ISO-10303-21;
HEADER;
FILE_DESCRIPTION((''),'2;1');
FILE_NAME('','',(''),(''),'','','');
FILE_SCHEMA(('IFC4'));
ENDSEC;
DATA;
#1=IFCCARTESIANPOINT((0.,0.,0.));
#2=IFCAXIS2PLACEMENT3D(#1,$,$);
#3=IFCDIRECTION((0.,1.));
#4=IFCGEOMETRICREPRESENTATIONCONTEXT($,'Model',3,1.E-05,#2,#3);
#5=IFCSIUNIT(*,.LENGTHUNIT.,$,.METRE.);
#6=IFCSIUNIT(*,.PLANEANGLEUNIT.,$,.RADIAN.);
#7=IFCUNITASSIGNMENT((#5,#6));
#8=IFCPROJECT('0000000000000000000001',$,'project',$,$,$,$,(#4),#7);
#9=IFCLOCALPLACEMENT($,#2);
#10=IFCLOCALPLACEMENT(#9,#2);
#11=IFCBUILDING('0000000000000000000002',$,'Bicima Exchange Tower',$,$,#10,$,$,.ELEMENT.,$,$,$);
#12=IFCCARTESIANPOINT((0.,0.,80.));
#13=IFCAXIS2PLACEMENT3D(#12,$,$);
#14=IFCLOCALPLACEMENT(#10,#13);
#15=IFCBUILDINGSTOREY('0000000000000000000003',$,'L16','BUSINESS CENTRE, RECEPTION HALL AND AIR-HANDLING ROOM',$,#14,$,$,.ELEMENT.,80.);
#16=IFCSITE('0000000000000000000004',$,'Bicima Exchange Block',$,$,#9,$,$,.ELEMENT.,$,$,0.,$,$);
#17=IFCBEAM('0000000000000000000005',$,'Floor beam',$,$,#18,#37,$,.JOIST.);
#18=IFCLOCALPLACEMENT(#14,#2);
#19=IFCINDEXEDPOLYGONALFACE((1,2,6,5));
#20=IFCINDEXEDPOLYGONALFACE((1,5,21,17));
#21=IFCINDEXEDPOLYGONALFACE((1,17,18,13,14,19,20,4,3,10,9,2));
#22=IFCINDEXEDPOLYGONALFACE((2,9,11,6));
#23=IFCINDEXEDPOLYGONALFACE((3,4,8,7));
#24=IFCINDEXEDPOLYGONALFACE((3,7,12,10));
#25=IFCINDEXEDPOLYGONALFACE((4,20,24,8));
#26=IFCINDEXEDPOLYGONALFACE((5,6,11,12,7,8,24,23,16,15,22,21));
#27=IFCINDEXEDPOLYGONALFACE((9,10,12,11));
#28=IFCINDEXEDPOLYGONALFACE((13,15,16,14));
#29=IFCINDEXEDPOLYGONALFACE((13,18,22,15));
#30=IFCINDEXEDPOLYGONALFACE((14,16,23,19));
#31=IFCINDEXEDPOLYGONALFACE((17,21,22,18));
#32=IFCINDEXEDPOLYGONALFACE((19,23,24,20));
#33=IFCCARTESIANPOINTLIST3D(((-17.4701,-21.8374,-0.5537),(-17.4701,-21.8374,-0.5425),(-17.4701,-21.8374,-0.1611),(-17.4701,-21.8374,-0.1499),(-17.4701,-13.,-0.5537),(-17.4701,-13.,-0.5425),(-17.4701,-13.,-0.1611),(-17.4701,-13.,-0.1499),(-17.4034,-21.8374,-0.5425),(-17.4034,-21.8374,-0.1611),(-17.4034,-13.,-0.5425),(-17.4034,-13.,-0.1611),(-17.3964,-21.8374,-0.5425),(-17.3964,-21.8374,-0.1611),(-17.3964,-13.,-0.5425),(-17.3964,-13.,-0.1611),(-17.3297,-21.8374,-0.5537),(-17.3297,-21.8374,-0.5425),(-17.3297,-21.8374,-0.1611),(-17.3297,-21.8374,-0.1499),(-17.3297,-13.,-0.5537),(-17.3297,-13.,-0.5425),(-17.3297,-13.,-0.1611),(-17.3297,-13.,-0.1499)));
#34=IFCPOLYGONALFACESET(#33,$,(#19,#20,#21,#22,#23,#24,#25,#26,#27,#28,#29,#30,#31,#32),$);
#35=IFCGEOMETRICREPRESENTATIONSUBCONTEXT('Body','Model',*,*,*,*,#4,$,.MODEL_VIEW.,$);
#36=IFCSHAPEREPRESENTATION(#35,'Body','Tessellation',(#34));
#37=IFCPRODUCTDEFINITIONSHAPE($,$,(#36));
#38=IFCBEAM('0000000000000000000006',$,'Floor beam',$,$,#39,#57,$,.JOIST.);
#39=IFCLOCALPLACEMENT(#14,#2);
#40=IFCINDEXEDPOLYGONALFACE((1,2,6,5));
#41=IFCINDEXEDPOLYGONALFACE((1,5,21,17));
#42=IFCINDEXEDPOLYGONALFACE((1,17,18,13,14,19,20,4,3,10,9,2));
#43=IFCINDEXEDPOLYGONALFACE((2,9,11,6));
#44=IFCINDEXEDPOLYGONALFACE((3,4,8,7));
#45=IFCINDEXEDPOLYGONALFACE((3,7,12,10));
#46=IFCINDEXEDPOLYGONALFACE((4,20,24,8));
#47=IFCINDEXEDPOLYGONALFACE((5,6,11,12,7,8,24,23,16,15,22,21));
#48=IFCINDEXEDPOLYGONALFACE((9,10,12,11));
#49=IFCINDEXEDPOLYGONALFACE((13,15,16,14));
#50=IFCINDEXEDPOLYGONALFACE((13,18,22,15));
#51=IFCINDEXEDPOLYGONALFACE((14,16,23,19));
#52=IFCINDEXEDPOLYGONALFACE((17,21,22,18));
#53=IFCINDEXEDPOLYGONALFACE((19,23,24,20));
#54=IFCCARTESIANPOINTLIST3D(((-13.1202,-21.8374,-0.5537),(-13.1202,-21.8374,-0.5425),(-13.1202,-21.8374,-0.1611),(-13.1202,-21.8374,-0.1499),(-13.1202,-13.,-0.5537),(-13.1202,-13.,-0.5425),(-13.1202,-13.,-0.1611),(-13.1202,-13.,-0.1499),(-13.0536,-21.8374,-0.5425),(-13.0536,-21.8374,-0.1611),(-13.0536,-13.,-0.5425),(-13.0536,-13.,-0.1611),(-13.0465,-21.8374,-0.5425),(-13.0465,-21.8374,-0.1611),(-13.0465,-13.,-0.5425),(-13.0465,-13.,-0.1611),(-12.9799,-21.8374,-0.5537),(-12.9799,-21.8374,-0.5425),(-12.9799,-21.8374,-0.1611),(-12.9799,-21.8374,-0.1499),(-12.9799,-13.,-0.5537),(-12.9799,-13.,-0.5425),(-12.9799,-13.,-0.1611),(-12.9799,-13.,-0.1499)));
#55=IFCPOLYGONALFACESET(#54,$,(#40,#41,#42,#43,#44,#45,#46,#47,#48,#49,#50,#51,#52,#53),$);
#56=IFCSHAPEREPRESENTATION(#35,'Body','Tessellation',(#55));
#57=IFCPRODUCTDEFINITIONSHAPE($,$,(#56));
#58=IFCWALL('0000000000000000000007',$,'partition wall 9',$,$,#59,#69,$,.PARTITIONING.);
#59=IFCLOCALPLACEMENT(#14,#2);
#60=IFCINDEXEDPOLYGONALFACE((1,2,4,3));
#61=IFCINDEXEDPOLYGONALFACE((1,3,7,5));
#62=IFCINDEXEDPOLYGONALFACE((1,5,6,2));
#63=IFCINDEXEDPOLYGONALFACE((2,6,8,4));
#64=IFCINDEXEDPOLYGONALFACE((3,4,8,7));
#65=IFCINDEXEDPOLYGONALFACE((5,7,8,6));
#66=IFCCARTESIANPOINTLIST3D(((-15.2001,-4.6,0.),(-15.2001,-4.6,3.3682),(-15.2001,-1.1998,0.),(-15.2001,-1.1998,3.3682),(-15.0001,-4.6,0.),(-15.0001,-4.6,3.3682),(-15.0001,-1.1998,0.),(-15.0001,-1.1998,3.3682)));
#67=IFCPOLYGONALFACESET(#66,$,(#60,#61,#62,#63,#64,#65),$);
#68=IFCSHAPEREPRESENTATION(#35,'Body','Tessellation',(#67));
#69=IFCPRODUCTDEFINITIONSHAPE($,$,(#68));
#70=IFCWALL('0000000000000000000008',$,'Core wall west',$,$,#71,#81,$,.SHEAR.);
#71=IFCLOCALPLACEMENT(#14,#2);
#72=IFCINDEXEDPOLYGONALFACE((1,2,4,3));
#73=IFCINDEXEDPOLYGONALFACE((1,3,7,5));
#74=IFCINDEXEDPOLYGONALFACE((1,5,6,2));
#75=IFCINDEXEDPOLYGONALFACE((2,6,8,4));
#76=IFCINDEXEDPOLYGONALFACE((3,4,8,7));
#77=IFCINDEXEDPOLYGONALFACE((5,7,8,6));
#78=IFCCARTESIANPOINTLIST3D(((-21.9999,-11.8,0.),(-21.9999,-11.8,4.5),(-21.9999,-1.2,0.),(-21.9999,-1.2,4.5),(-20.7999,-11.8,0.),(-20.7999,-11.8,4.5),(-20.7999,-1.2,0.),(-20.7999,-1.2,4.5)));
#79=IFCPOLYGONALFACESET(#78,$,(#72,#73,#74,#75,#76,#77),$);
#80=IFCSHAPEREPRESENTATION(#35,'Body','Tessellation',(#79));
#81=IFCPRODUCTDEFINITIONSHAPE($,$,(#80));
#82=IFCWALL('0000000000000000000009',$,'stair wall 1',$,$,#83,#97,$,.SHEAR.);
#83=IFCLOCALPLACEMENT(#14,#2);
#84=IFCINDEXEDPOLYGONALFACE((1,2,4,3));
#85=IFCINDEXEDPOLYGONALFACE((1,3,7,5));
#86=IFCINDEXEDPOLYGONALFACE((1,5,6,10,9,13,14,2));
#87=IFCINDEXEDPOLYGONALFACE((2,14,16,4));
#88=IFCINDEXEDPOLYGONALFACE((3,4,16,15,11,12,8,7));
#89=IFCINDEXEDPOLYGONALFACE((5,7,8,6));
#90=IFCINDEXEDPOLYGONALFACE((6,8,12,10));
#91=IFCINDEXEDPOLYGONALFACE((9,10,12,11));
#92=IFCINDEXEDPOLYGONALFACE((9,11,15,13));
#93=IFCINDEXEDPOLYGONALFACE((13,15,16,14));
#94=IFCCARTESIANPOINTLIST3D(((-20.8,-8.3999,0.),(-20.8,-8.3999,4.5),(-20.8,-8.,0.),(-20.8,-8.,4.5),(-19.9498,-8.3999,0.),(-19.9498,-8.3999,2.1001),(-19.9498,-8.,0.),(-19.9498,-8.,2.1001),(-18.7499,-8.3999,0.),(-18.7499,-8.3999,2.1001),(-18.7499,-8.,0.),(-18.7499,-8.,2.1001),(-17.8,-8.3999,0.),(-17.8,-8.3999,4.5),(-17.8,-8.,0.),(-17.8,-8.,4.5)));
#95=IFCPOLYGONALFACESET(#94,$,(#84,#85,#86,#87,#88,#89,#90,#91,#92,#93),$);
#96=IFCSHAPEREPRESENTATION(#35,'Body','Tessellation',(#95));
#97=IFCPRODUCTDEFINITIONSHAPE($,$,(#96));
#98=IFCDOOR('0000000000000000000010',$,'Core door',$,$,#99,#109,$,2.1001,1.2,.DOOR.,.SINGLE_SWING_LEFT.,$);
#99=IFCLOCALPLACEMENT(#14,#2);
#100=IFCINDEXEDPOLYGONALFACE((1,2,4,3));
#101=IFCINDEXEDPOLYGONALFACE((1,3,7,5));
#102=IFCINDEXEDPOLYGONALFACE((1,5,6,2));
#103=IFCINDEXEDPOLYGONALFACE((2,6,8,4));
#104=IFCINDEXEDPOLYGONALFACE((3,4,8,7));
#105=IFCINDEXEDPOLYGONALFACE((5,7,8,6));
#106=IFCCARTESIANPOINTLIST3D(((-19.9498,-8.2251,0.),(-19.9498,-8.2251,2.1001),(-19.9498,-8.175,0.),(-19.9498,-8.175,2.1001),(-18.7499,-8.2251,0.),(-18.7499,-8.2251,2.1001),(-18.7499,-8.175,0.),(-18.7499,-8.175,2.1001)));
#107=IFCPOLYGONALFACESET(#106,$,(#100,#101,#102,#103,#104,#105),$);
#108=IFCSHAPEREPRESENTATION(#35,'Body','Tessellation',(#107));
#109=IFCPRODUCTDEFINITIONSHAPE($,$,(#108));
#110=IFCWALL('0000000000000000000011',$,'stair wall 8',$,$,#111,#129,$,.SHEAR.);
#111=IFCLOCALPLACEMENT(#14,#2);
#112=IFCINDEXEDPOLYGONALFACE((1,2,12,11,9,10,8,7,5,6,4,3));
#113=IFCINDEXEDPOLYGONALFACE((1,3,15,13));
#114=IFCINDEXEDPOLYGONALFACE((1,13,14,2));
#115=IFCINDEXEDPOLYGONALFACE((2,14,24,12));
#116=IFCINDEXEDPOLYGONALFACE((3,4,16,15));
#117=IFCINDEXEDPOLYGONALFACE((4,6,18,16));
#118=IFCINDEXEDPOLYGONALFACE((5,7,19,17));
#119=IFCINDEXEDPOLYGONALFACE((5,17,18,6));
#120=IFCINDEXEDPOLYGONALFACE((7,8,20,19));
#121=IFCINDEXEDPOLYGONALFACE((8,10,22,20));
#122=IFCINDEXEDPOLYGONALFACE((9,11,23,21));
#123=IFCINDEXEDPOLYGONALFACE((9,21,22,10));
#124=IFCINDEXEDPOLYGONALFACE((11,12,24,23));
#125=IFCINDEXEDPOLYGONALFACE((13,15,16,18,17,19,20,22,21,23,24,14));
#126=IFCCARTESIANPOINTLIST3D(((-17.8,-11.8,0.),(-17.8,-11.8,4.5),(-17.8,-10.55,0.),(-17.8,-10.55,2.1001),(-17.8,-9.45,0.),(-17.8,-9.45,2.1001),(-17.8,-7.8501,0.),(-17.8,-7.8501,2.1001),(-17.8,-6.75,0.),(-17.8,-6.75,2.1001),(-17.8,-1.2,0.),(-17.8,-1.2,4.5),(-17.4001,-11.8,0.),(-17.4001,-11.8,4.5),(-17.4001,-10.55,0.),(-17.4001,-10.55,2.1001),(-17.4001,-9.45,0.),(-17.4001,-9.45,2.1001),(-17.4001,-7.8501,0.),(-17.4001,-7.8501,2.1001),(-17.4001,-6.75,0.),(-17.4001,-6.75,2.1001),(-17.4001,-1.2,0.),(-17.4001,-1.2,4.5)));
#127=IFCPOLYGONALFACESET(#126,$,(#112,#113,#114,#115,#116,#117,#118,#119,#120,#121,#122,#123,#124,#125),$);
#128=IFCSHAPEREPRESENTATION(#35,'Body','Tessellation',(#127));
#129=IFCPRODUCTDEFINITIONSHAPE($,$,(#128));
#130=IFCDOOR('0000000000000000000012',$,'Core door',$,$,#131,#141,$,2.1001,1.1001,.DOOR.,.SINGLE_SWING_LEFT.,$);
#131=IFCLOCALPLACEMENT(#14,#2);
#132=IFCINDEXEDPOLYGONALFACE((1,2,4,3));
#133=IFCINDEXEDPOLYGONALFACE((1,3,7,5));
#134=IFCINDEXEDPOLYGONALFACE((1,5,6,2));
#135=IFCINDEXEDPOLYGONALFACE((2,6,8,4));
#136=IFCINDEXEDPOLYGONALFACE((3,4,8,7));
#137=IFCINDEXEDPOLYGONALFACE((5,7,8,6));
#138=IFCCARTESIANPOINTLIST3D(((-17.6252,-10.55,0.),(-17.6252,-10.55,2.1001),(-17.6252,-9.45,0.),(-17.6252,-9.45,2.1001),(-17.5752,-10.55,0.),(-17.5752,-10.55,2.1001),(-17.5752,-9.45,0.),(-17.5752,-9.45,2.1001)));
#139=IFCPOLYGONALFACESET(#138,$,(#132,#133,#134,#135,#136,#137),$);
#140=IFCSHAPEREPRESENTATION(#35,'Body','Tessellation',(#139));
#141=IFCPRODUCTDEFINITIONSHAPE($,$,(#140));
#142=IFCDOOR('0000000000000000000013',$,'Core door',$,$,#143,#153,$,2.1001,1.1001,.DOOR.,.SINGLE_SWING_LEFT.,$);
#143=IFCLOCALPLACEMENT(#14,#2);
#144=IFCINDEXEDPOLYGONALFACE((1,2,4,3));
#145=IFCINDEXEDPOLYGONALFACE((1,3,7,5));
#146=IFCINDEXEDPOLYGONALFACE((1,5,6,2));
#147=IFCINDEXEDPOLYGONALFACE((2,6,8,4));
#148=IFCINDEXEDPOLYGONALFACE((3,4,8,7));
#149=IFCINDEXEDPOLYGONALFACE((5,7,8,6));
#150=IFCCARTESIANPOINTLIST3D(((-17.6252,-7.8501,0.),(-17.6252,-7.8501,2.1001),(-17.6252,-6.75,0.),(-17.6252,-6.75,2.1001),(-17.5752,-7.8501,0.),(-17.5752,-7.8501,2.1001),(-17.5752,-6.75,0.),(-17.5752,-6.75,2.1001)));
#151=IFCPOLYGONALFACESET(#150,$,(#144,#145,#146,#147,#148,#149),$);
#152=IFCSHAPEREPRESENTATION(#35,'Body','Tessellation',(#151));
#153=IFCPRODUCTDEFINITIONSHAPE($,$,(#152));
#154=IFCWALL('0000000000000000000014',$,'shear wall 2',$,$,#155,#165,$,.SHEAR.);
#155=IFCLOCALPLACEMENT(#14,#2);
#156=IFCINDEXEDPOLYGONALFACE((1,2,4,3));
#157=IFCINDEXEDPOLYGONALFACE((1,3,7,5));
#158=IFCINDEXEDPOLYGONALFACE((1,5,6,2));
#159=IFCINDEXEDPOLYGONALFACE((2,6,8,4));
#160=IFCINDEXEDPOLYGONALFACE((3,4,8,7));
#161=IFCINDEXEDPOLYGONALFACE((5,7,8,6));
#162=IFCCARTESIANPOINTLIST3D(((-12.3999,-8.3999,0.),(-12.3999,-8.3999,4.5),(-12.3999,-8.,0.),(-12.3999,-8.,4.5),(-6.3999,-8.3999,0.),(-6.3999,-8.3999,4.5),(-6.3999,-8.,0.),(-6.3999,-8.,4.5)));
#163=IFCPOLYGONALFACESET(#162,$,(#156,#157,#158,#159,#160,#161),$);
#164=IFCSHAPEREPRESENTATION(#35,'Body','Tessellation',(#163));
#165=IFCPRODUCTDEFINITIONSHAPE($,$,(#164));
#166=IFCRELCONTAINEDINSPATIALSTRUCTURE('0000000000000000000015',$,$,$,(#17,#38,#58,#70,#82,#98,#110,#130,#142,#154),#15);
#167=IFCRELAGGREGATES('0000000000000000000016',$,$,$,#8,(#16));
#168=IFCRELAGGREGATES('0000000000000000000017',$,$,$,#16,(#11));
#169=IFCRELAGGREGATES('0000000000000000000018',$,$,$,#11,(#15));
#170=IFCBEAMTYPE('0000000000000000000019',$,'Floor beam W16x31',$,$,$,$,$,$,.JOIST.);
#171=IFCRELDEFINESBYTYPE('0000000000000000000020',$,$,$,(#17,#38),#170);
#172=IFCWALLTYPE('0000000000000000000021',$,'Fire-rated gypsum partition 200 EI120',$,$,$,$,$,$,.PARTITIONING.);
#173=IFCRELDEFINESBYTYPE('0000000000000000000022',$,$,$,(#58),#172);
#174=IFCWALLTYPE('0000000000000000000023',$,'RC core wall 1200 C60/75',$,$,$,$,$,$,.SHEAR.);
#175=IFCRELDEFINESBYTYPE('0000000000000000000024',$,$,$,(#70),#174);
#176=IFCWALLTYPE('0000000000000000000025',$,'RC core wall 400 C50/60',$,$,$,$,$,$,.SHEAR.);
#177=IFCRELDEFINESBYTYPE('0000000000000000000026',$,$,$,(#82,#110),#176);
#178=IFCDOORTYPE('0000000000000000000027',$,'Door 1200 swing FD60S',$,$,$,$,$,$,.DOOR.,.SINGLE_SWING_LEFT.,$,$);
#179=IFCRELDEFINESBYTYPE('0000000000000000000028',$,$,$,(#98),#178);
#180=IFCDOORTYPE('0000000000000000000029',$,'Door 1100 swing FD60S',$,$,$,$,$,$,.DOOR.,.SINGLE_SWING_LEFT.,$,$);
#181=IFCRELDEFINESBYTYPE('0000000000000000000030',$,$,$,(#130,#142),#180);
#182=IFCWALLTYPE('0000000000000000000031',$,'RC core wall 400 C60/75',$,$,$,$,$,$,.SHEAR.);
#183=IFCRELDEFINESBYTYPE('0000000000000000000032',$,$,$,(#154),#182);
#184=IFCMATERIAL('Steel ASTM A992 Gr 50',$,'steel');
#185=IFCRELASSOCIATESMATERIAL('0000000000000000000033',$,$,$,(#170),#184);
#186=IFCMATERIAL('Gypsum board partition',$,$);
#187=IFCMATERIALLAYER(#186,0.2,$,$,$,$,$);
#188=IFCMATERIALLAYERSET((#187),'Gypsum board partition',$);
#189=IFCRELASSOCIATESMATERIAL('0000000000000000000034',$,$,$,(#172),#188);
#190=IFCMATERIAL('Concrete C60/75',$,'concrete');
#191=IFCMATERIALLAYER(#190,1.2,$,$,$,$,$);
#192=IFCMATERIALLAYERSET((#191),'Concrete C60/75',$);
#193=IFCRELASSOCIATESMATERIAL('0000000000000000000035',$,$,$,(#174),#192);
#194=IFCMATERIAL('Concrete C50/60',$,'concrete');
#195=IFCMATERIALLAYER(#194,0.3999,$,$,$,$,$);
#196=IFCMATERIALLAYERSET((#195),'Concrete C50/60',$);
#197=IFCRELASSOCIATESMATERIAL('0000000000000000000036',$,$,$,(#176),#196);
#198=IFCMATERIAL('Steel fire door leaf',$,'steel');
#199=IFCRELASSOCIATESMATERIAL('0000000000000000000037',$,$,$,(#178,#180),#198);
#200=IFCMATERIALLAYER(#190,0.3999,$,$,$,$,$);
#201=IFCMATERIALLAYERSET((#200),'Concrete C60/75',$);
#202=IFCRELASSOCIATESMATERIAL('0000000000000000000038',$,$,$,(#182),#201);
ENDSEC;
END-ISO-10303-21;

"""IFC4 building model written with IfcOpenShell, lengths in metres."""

from ifc_helpers import new_model, si_unit, direction, frame, frame_2d, origin, origin_2d, place, context, subcontext, project, spatial, rectangle, i_section, extrude, material, layer, layer_set, material_profile, profile_set, type_object, element, fill, save


model = new_model("IFC4")

# Units and contexts
model_context = context("Model", 3, precision=1e-05, world=origin(), true_north=direction((0.0, 1.0)))
body_context = subcontext(model_context, "Body", "Model", "MODEL_VIEW")
ifc_project = project(units=[si_unit("LENGTHUNIT", "METRE"), si_unit("PLANEANGLEUNIT", "RADIAN")], contexts=[model_context])

# Site, building, storey
site_placement = place(None, origin())
site = spatial("IfcSite", under=ifc_project, at=site_placement, Name="Bicima Exchange Block", CompositionType="ELEMENT", RefElevation=0.0)
building_placement = place(site_placement, origin())
building = spatial("IfcBuilding", under=site, at=building_placement, Name="Bicima Exchange Tower", CompositionType="ELEMENT")
storey_placement = place(building_placement, frame((0.0, 0.0, 80.0)))
storey = spatial("IfcBuildingStorey", under=building, at=storey_placement, Name="L16", Description="BUSINESS CENTRE, RECEPTION HALL AND AIR-HANDLING ROOM", CompositionType="ELEMENT", Elevation=80.0)

# Beams
ifc_material_1 = material(Name="Steel ASTM A992 Gr 50", Category="steel")
ifc_material_profile = material_profile(ifc_material_1, i_section(OverallWidth=0.1404, OverallDepth=0.4038, WebThickness=0.0071, FlangeThickness=0.0112, at=origin_2d()))
ifc_profile_set = profile_set([ifc_material_profile], Name="Steel ASTM A992 Gr 50")
beam_type = type_object("IfcBeamType", Name="Floor beam W16x31", PredefinedType="JOIST", material=ifc_profile_set)
for number, where, z_axis, x_axis, name in (
    (1, (-17.3999, -13.0, -0.3518), (0.0, -1.0, 0.0), (1.0, 0.0, 0.0), "Floor beam"),
    (2, (-13.05, -13.0, -0.3518), (0.0, -1.0, 0.0), (1.0, 0.0, 0.0), "Floor beam"),
):
    element("IfcBeam", number, at=place(storey_placement, frame(where, z_axis=z_axis, x_axis=x_axis)), inside=storey, type_object=beam_type, Name=name, PredefinedType="JOIST", context=body_context, shape_type="SweptSolid", body=[
        extrude(i_section(OverallWidth=0.1404, OverallDepth=0.4038, WebThickness=0.0071, FlangeThickness=0.0112, at=origin_2d()), origin(), (0.0, 0.0, 1.0), 8.8374),
    ])

# Walls
ifc_material_2 = material(Name="Gypsum board partition")
ifc_layer_1 = layer(ifc_material_2, 0.2)
ifc_layer_set_1 = layer_set([ifc_layer_1], Name="Gypsum board partition")
wall_type_1 = type_object("IfcWallType", Name="Fire-rated gypsum partition 200 EI120", PredefinedType="PARTITIONING", material=ifc_layer_set_1)
wall_1_placement = place(storey_placement, frame((-15.1001, -4.6001, 0.0), z_axis=(0.0, 0.0, 1.0), x_axis=(0.0, 1.0, 0.0)))
element("IfcWall", 3, at=wall_1_placement, inside=storey, type_object=wall_type_1, Name="partition wall 9", PredefinedType="PARTITIONING", context=body_context, shape_type="SweptSolid", body=[
    extrude(rectangle(XDim=3.4001, YDim=0.2, at=frame_2d((1.7002, 0.0))), origin(), (0.0, 0.0, 1.0), 3.3682),
])
ifc_material_3 = material(Name="Concrete C60/75", Category="concrete")
ifc_layer_2 = layer(ifc_material_3, 1.2)
ifc_layer_set_2 = layer_set([ifc_layer_2], Name="Concrete C60/75")
wall_type_2 = type_object("IfcWallType", Name="RC core wall 1200 C60/75", PredefinedType="SHEAR", material=ifc_layer_set_2)
wall_2_placement = place(storey_placement, frame((-21.3999, -11.8, 0.0), z_axis=(0.0, 0.0, 1.0), x_axis=(0.0, 1.0, 0.0)))
element("IfcWall", 4, at=wall_2_placement, inside=storey, type_object=wall_type_2, Name="Core wall west", PredefinedType="SHEAR", context=body_context, shape_type="SweptSolid", body=[
    extrude(rectangle(XDim=10.6001, YDim=1.2, at=frame_2d((5.3, 0.0))), origin(), (0.0, 0.0, 1.0), 4.5),
])

# Wall, opening, door
ifc_material_4 = material(Name="Concrete C50/60", Category="concrete")
ifc_layer_3 = layer(ifc_material_4, 0.3999)
ifc_layer_set_3 = layer_set([ifc_layer_3], Name="Concrete C50/60")
wall_type_3 = type_object("IfcWallType", Name="RC core wall 400 C50/60", PredefinedType="SHEAR", material=ifc_layer_set_3)
wall_3_placement = place(storey_placement, frame((-20.8, -8.2, 0.0), z_axis=(0.0, 0.0, 1.0), x_axis=(1.0, 0.0, 0.0)))
wall_3 = element("IfcWall", 5, at=wall_3_placement, inside=storey, type_object=wall_type_3, Name="stair wall 1", PredefinedType="SHEAR", context=body_context, shape_type="SweptSolid", body=[
    extrude(rectangle(XDim=3.0, YDim=0.3999, at=frame_2d((1.5, 0.0))), origin(), (0.0, 0.0, 1.0), 4.5),
])
opening_1_placement = place(wall_3_placement, frame((0.8501, 0.0, 0.0)))
opening_1 = element("IfcOpeningElement", 6, at=opening_1_placement, cuts=wall_3, PredefinedType="OPENING", context=body_context, shape_type="SweptSolid", body=[
    extrude(rectangle(XDim=1.2, YDim=2.1001, at=frame_2d((0.6001, 1.05))), frame((0.0, 0.2119, 0.0), z_axis=(0.0, -1.0, 0.0), x_axis=(1.0, 0.0, 0.0)), (0.0, 0.0, 1.0), 0.4238),
])
ifc_material_5 = material(Name="Steel fire door leaf", Category="steel")
door_type_1 = type_object("IfcDoorType", Name="Door 1200 swing FD60S", OperationType="SINGLE_SWING_LEFT", PredefinedType="DOOR", material=ifc_material_5)
door_1_placement = place(opening_1_placement, origin())
door_1 = element("IfcDoor", 7, at=door_1_placement, inside=storey, type_object=door_type_1, Name="Core door", OperationType="SINGLE_SWING_LEFT", OverallHeight=2.1001, OverallWidth=1.2, PredefinedType="DOOR", context=body_context, shape_type="SweptSolid", body=[
    extrude(rectangle(XDim=1.2, YDim=2.1001, at=frame_2d((0.6001, 1.05))), frame((0.0, 0.0249, 0.0), z_axis=(0.0, -1.0, 0.0), x_axis=(1.0, 0.0, 0.0)), (0.0, 0.0, 1.0), 0.05),
])
fill(opening_1, door_1)

# Wall, openings, doors
wall_4_placement = place(storey_placement, frame((-17.6001, -11.8, 0.0), z_axis=(0.0, 0.0, 1.0), x_axis=(0.0, 1.0, 0.0)))
wall_4 = element("IfcWall", 8, at=wall_4_placement, inside=storey, type_object=wall_type_3, Name="stair wall 8", PredefinedType="SHEAR", context=body_context, shape_type="SweptSolid", body=[
    extrude(rectangle(XDim=10.6001, YDim=0.3999, at=frame_2d((5.3, 0.0))), origin(), (0.0, 0.0, 1.0), 4.5),
])
opening_2_placement = place(wall_4_placement, frame((1.25, 0.0, 0.0)))
opening_2 = element("IfcOpeningElement", 9, at=opening_2_placement, cuts=wall_4, PredefinedType="OPENING", context=body_context, shape_type="SweptSolid", body=[
    extrude(rectangle(XDim=1.1001, YDim=2.1001, at=frame_2d((0.55, 1.05))), frame((0.0, 0.2119, 0.0), z_axis=(0.0, -1.0, 0.0), x_axis=(1.0, 0.0, 0.0)), (0.0, 0.0, 1.0), 0.4238),
])
opening_3_placement = place(wall_4_placement, frame((3.95, 0.0, 0.0)))
opening_3 = element("IfcOpeningElement", 10, at=opening_3_placement, cuts=wall_4, PredefinedType="OPENING", context=body_context, shape_type="SweptSolid", body=[
    extrude(rectangle(XDim=1.1001, YDim=2.1001, at=frame_2d((0.55, 1.05))), frame((0.0, 0.2119, 0.0), z_axis=(0.0, -1.0, 0.0), x_axis=(1.0, 0.0, 0.0)), (0.0, 0.0, 1.0), 0.4238),
])
door_type_2 = type_object("IfcDoorType", Name="Door 1100 swing FD60S", OperationType="SINGLE_SWING_LEFT", PredefinedType="DOOR", material=ifc_material_5)
door_2_placement = place(opening_2_placement, frame((1.1001, 0.0, 0.0), z_axis=(0.0, 0.0, 1.0), x_axis=(-1.0, 0.0, 0.0)))
door_2 = element("IfcDoor", 11, at=door_2_placement, inside=storey, type_object=door_type_2, Name="Core door", OperationType="SINGLE_SWING_LEFT", OverallHeight=2.1001, OverallWidth=1.1001, PredefinedType="DOOR", context=body_context, shape_type="SweptSolid", body=[
    extrude(rectangle(XDim=1.1001, YDim=2.1001, at=frame_2d((0.55, 1.05))), frame((0.0, 0.0249, 0.0), z_axis=(0.0, -1.0, 0.0), x_axis=(1.0, 0.0, 0.0)), (0.0, 0.0, 1.0), 0.05),
])
fill(opening_2, door_2)
door_3_placement = place(opening_3_placement, frame((1.1001, 0.0, 0.0), z_axis=(0.0, 0.0, 1.0), x_axis=(-1.0, 0.0, 0.0)))
door_3 = element("IfcDoor", 12, at=door_3_placement, inside=storey, type_object=door_type_2, Name="Core door", OperationType="SINGLE_SWING_LEFT", OverallHeight=2.1001, OverallWidth=1.1001, PredefinedType="DOOR", context=body_context, shape_type="SweptSolid", body=[
    extrude(rectangle(XDim=1.1001, YDim=2.1001, at=frame_2d((0.55, 1.05))), frame((0.0, 0.0249, 0.0), z_axis=(0.0, -1.0, 0.0), x_axis=(1.0, 0.0, 0.0)), (0.0, 0.0, 1.0), 0.05),
])
fill(opening_3, door_3)

# Wall
ifc_layer_4 = layer(ifc_material_3, 0.3999)
ifc_layer_set_4 = layer_set([ifc_layer_4], Name="Concrete C60/75")
wall_type_4 = type_object("IfcWallType", Name="RC core wall 400 C60/75", PredefinedType="SHEAR", material=ifc_layer_set_4)
wall_5_placement = place(storey_placement, frame((-12.3999, -8.2, 0.0), z_axis=(0.0, 0.0, 1.0), x_axis=(1.0, 0.0, 0.0)))
element("IfcWall", 13, at=wall_5_placement, inside=storey, type_object=wall_type_4, Name="shear wall 2", PredefinedType="SHEAR", context=body_context, shape_type="SweptSolid", body=[
    extrude(rectangle(XDim=6.0, YDim=0.3999, at=frame_2d((3.0, 0.0))), origin(), (0.0, 0.0, 1.0), 4.5),
])

save(model, "model.ifc")
